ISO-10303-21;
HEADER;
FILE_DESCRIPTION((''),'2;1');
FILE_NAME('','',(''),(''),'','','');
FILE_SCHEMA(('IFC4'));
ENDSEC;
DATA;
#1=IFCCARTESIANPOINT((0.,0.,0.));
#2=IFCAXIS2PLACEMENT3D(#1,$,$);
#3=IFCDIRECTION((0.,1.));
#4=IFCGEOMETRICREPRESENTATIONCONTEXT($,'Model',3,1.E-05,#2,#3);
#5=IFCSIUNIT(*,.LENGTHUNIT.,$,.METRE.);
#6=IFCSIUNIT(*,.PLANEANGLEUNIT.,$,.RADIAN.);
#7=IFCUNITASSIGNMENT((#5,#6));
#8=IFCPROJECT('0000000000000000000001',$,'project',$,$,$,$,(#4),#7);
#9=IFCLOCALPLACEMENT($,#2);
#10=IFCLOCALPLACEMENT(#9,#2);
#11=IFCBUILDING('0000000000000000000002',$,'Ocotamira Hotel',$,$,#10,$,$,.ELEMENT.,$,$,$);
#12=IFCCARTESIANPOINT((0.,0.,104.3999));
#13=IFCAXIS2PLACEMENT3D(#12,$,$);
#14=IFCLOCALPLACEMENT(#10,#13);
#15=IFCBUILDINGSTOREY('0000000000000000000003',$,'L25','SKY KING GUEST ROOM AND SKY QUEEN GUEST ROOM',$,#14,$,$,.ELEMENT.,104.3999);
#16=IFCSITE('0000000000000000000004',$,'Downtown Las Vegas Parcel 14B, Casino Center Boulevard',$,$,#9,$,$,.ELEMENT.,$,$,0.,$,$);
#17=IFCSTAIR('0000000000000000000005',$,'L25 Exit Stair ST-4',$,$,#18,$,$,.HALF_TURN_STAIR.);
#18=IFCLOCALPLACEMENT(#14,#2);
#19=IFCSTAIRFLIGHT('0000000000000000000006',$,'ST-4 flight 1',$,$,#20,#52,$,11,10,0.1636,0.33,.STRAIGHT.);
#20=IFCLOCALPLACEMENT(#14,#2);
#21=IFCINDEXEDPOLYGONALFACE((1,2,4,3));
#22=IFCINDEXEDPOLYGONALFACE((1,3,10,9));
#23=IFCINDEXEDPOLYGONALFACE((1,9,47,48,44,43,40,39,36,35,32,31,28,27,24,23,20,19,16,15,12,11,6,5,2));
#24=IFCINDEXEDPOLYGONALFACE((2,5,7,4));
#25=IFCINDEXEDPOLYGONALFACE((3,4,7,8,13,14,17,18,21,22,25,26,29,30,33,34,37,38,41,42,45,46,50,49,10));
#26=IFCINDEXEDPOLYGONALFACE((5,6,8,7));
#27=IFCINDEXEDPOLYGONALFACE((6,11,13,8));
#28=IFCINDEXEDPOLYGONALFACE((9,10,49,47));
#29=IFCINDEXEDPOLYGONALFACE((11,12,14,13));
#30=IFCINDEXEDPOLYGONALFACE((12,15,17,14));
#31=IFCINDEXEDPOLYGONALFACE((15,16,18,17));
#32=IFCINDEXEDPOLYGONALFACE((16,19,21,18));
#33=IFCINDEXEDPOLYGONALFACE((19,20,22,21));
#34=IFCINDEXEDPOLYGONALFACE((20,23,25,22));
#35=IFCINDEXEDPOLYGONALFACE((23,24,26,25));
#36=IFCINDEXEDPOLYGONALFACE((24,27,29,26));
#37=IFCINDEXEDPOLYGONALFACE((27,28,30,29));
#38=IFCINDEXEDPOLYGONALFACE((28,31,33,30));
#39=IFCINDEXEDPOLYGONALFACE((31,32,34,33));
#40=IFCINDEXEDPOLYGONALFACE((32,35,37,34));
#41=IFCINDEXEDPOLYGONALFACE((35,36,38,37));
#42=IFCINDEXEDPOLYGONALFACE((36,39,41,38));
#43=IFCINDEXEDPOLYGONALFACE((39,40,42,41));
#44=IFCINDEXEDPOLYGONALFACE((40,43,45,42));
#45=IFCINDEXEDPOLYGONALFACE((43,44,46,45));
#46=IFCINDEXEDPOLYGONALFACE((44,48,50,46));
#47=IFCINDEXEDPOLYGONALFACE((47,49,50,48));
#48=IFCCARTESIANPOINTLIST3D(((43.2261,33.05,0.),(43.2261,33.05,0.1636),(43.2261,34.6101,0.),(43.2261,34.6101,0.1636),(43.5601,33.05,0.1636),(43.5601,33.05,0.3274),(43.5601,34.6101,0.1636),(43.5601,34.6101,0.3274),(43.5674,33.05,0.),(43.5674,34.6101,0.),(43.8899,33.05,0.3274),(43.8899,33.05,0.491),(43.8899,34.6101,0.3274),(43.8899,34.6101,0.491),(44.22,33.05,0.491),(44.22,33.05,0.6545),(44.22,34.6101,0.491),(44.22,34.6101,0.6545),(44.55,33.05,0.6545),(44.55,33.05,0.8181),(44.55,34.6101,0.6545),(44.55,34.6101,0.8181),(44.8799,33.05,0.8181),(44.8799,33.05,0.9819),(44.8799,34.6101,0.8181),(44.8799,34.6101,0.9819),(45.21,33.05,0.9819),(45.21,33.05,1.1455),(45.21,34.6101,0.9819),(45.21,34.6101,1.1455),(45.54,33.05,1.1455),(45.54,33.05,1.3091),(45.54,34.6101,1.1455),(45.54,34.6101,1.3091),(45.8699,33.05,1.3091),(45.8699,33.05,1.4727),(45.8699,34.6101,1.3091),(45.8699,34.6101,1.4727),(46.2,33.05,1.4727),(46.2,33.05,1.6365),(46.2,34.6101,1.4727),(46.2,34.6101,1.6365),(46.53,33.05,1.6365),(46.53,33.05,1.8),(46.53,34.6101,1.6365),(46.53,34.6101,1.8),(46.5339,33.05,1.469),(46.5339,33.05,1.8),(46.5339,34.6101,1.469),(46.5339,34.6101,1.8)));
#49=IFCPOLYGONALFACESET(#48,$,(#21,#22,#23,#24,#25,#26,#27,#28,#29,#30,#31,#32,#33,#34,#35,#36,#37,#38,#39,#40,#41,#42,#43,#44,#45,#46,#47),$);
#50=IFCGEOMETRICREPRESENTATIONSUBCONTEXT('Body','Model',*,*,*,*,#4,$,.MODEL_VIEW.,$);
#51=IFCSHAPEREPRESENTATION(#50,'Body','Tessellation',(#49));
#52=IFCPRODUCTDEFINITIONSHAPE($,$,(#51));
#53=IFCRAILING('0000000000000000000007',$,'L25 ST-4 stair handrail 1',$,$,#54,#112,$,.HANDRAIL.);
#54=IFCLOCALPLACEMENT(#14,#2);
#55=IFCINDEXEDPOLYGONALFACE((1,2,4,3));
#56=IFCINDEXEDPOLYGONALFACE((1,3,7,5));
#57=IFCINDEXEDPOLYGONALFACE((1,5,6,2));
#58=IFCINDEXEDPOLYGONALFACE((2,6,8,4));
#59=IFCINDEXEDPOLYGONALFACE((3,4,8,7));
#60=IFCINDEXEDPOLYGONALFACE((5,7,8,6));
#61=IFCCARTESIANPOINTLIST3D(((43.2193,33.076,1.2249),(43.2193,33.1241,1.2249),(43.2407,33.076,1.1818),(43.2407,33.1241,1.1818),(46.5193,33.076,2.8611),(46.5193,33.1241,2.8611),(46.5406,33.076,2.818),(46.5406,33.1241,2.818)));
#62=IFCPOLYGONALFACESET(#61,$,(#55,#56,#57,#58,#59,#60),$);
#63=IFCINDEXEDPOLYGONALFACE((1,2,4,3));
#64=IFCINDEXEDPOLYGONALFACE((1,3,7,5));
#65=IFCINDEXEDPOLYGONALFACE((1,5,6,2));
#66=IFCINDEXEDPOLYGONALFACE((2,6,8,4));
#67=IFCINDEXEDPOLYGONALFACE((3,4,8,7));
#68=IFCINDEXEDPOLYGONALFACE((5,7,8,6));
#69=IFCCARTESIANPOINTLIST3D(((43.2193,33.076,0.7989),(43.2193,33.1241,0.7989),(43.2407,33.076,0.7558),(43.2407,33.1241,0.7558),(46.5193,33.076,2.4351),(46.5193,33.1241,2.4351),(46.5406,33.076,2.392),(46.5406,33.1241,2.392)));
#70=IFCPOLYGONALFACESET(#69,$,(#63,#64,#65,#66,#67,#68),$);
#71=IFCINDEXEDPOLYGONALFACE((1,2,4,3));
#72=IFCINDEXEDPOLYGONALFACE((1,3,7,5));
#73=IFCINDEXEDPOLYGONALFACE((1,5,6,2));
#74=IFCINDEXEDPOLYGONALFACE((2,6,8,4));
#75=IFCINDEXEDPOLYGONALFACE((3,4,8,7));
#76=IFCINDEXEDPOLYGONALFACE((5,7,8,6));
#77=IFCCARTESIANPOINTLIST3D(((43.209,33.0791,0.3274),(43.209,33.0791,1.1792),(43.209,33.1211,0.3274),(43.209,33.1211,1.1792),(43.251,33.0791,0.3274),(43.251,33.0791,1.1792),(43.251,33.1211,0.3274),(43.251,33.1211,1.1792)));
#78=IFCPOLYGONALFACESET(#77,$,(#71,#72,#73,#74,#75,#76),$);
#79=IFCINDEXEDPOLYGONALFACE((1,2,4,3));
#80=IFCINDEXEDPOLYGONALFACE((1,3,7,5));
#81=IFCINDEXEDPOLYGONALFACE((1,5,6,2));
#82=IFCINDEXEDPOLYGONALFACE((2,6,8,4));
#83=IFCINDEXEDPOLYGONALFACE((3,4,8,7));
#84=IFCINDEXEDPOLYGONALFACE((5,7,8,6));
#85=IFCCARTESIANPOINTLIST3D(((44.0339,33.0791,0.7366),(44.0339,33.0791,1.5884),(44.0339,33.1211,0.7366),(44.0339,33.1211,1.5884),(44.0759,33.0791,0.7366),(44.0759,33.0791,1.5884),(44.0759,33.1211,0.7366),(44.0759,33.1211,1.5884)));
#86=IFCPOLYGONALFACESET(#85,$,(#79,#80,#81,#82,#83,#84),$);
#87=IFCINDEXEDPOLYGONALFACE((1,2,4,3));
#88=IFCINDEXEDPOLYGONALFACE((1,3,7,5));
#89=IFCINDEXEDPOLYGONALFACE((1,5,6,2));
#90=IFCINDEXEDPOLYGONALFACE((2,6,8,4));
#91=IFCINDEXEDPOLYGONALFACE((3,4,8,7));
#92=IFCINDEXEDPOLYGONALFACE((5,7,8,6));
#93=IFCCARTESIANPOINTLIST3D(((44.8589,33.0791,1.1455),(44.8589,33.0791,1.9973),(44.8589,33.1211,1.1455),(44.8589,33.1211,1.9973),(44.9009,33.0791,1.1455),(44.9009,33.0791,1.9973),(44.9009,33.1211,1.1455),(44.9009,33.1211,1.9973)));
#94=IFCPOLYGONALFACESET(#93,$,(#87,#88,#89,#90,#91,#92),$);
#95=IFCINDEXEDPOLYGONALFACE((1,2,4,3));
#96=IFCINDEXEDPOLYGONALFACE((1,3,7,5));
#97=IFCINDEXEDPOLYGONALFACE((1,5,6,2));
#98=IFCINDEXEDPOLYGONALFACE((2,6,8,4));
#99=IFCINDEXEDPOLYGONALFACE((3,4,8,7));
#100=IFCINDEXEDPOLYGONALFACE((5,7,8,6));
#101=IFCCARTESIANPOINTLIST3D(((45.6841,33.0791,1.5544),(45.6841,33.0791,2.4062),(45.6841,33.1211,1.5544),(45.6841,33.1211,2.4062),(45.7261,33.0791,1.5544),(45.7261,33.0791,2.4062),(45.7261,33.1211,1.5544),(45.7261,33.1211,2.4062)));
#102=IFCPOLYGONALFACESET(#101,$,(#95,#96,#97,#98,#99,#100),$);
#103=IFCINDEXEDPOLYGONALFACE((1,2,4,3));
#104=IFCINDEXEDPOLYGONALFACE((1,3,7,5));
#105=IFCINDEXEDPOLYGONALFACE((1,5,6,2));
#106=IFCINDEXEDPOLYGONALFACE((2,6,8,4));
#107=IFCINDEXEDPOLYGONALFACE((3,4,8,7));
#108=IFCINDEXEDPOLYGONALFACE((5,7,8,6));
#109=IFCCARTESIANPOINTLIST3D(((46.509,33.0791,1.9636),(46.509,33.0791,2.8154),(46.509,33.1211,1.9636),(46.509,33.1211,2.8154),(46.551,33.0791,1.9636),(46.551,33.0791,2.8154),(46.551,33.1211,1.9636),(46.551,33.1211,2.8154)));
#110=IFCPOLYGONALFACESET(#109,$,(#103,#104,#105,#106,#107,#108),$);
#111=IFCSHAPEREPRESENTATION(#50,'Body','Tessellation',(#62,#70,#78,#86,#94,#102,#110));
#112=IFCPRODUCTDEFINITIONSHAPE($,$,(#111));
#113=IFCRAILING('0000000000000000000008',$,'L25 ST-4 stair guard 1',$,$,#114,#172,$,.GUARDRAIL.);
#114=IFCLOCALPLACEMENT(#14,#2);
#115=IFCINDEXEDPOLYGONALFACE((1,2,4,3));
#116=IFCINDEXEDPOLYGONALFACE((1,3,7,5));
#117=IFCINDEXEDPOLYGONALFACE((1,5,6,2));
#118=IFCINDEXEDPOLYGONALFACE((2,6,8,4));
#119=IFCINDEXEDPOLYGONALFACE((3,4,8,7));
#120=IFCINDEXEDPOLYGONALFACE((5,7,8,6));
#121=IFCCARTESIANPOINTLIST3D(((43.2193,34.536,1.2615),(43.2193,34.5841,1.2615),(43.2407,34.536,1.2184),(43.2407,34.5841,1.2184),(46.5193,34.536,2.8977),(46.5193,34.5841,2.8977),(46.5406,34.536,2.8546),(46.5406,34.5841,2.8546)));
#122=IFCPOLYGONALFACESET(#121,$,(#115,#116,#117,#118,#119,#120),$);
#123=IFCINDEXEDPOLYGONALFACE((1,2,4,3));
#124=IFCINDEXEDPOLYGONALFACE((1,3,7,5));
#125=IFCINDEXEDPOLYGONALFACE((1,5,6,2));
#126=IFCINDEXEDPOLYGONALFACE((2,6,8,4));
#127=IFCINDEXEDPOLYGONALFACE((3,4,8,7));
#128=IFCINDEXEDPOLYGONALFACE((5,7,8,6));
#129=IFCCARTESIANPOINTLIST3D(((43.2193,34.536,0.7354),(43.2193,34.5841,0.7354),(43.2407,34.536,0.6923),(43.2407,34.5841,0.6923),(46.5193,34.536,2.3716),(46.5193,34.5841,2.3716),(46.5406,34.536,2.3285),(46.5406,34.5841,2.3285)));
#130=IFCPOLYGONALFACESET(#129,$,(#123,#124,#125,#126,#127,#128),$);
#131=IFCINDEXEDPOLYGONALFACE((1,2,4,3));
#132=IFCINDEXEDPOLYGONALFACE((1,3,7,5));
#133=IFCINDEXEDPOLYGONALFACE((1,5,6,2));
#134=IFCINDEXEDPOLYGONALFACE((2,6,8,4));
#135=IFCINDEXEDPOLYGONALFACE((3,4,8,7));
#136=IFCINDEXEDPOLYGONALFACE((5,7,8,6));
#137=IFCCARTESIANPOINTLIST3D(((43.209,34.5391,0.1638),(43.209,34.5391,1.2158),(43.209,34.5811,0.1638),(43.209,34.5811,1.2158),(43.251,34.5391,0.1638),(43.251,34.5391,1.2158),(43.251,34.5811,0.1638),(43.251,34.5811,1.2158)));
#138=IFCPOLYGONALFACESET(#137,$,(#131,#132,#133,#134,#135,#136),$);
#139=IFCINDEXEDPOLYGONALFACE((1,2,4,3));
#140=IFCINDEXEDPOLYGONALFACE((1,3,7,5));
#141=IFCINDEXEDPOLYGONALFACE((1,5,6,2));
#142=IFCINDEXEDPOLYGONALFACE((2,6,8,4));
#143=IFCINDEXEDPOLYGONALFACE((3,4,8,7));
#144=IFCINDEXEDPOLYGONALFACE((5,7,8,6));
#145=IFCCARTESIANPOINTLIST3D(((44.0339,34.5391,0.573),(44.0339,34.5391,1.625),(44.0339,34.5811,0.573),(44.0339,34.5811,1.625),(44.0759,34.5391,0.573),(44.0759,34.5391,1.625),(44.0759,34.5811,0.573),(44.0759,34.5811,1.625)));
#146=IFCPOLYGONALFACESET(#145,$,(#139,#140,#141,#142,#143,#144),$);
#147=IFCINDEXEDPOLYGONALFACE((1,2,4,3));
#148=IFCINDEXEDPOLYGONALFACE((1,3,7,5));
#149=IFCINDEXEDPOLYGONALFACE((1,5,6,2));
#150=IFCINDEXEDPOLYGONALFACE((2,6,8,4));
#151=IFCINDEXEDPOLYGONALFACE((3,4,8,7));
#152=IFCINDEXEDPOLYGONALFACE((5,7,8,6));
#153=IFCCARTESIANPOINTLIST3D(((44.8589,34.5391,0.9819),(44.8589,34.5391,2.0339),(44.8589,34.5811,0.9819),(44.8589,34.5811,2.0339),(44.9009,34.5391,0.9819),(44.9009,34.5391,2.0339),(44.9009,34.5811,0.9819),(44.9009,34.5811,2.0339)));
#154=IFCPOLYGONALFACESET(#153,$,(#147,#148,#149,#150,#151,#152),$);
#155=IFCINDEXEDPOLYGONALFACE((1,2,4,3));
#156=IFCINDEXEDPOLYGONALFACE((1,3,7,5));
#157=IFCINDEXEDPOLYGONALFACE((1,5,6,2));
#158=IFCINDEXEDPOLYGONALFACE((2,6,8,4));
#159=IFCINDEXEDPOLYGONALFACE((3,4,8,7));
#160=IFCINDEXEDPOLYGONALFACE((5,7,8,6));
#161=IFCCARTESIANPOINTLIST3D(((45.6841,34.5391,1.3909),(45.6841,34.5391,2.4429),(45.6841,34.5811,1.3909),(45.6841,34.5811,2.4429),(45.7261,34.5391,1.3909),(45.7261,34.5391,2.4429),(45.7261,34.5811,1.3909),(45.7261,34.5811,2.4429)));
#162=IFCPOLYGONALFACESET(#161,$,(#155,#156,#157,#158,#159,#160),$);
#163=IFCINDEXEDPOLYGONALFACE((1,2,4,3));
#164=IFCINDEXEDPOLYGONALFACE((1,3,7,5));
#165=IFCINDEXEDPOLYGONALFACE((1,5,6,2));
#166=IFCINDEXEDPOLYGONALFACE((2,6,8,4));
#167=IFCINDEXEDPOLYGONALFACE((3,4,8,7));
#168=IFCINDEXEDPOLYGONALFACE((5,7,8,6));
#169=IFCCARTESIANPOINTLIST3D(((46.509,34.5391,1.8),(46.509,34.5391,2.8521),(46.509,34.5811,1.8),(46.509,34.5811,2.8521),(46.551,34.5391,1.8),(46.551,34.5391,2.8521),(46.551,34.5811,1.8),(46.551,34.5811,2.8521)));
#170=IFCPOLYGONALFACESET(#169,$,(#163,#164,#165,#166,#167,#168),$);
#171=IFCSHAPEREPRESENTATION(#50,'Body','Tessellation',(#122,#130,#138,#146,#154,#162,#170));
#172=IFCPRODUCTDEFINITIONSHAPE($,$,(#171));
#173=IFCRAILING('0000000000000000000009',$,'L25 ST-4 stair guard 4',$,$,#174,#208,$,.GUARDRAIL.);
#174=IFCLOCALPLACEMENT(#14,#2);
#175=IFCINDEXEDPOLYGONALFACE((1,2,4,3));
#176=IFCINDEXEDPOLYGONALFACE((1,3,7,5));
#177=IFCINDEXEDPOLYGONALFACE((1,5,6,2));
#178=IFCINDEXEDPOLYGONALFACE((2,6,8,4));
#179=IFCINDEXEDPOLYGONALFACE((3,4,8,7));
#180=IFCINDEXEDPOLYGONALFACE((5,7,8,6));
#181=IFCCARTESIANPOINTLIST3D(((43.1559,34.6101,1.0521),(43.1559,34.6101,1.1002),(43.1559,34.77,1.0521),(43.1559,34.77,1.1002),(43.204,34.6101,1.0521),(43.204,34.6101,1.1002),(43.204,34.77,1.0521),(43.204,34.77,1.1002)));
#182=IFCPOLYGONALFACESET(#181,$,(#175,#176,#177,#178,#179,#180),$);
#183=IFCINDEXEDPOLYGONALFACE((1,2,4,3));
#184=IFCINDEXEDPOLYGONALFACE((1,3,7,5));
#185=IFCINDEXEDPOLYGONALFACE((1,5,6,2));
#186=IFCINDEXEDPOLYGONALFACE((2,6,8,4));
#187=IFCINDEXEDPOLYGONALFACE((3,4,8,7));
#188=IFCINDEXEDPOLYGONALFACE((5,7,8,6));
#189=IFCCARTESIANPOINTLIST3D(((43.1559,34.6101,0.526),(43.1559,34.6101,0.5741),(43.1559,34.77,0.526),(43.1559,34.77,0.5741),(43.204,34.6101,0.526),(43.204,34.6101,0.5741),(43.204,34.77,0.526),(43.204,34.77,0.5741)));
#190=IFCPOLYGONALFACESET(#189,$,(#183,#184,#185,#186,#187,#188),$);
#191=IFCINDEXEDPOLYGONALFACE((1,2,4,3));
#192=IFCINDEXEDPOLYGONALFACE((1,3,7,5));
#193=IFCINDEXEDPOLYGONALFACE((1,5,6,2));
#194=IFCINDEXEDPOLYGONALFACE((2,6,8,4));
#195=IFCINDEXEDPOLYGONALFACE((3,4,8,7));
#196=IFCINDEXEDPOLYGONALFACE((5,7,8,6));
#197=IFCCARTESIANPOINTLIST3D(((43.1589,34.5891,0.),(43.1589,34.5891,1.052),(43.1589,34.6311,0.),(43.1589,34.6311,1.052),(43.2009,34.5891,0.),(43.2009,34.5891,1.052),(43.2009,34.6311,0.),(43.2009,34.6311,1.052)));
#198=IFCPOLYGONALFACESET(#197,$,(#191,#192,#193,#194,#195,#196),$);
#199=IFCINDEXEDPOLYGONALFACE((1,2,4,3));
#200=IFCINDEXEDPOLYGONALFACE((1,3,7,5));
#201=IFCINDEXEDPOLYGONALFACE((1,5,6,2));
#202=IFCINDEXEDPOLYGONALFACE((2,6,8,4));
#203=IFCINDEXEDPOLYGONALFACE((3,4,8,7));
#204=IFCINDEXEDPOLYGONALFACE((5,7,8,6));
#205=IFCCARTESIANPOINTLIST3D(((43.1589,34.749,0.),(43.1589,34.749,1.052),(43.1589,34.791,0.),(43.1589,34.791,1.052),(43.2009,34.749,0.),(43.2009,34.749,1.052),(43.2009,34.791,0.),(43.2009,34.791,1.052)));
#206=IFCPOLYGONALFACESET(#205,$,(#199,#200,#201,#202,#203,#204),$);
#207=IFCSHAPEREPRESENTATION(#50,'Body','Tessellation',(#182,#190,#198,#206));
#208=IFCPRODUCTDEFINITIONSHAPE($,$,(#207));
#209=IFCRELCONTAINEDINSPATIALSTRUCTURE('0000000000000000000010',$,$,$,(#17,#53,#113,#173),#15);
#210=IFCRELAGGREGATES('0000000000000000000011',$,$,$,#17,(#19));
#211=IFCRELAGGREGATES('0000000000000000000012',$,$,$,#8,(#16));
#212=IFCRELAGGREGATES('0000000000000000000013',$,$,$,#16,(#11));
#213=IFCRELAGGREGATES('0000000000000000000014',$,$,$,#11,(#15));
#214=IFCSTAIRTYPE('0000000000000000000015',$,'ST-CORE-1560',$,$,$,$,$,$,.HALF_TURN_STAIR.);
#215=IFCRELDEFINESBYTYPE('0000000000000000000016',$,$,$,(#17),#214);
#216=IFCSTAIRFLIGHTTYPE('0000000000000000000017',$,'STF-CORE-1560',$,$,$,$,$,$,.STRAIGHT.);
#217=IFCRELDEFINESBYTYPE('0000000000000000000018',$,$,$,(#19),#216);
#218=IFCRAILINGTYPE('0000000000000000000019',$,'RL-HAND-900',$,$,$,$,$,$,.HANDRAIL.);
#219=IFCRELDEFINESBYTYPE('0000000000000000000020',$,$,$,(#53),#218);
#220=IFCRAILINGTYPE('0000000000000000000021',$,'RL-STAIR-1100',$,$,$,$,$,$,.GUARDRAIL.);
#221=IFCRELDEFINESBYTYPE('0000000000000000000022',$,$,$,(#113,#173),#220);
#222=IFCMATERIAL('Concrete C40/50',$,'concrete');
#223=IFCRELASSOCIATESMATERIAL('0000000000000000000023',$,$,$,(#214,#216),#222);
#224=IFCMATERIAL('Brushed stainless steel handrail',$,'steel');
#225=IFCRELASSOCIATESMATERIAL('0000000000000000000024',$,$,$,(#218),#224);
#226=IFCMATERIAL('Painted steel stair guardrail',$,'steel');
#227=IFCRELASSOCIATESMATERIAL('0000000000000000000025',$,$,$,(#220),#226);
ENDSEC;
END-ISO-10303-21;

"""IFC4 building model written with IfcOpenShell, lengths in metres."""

from ifc_helpers import new_model, si_unit, direction, frame, origin, origin_2d, place, context, subcontext, project, spatial, polyline, rectangle, outline, extrude, source, transform, mapped, material, type_object, element, aggregate, save


model = new_model("IFC4")

# Units and contexts
model_context = context("Model", 3, precision=1e-05, world=origin(), true_north=direction((0.0, 1.0)))
body_context = subcontext(model_context, "Body", "Model", "MODEL_VIEW")
ifc_project = project(units=[si_unit("LENGTHUNIT", "METRE"), si_unit("PLANEANGLEUNIT", "RADIAN")], contexts=[model_context])

# Site, building, storey
site_placement = place(None, origin())
site = spatial("IfcSite", under=ifc_project, at=site_placement, Name="Downtown Las Vegas Parcel 14B, Casino Center Boulevard", CompositionType="ELEMENT", RefElevation=0.0)
building_placement = place(site_placement, origin())
building = spatial("IfcBuilding", under=site, at=building_placement, Name="Ocotamira Hotel", CompositionType="ELEMENT")
storey_placement = place(building_placement, frame((0.0, 0.0, 104.3999)))
storey = spatial("IfcBuildingStorey", under=building, at=storey_placement, Name="L25", Description="SKY KING GUEST ROOM AND SKY QUEEN GUEST ROOM", CompositionType="ELEMENT", Elevation=104.3999)

# Stair, stair flight
ifc_material_1 = material(Name="Concrete C40/50", Category="concrete")
stair_type = type_object("IfcStairType", Name="ST-CORE-1560", PredefinedType="HALF_TURN_STAIR", material=ifc_material_1)
stair_placement = place(storey_placement, origin())
stair = element("IfcStair", 1, at=stair_placement, inside=storey, type_object=stair_type, Name="L25 Exit Stair ST-4", PredefinedType="HALF_TURN_STAIR")
stair_flight_type = type_object("IfcStairFlightType", Name="STF-CORE-1560", PredefinedType="STRAIGHT", material=ifc_material_1)
shared_shape_1 = source(origin(), body_context, "Body", "SweptSolid", [
    extrude(outline(polyline([(-0.0039, 0.0), (-0.0039, 0.1636), (0.3301, 0.1636), (0.3301, 0.3274), (0.6599, 0.3274), (0.6599, 0.491), (0.99, 0.491), (0.99, 0.6545), (1.3201, 0.6545), (1.3201, 0.8181), (1.6499, 0.8181), (1.6499, 0.9819), (1.98, 0.9819), (1.98, 1.1455), (2.3101, 1.1455), (2.3101, 1.3091), (2.6399, 1.3091), (2.6399, 1.4727), (2.97, 1.4727), (2.97, 1.6365), (3.3, 1.6365), (3.3, 1.8), (3.304, 1.8), (3.304, 1.469), (0.3374, 0.0), (-0.0039, 0.0)])), frame((0.0, 0.78, 0.0), z_axis=(0.0, -1.0, 0.0), x_axis=(1.0, 0.0, 0.0)), (0.0, 0.0, 1.0), 1.5601),
])
stair_flight_placement = place(storey_placement, frame((43.23, 33.8301, 0.0), z_axis=(0.0, 0.0, 1.0), x_axis=(1.0, 0.0, 0.0)))
stair_flight = element("IfcStairFlight", 2, at=stair_flight_placement, type_object=stair_flight_type, Name="ST-4 flight 1", NumberOfRisers=11, NumberOfTreads=10, PredefinedType="STRAIGHT", RiserHeight=0.1636, TreadLength=0.33, context=body_context, shape_type="MappedRepresentation", body=[
    mapped(shared_shape_1, transform((0.0, 0.0, 0.0), scale=1.0)),
])
aggregate(stair, [stair_flight])

# Railings
ifc_material_2 = material(Name="Brushed stainless steel handrail", Category="steel")
railing_type_1 = type_object("IfcRailingType", Name="RL-HAND-900", PredefinedType="HANDRAIL", material=ifc_material_2)
railing_1_placement = place(storey_placement, frame((43.23, 33.1001, 0.3274)))
element("IfcRailing", 3, at=railing_1_placement, inside=storey, type_object=railing_type_1, Name="L25 ST-4 stair handrail 1", PredefinedType="HANDRAIL", context=body_context, shape_type="SweptSolid", body=[
    extrude(rectangle(XDim=0.0481, YDim=0.0481, at=origin_2d()), frame((0.0, 0.0, 0.876), z_axis=(0.89592, 0.0, 0.444215), x_axis=(0.0, 1.0, 0.0)), (0.0, 0.0, 1.0), 3.6833),
    extrude(rectangle(XDim=0.0481, YDim=0.0481, at=origin_2d()), frame((0.0, 0.0, 0.45), z_axis=(0.89592, 0.0, 0.444215), x_axis=(0.0, 1.0, 0.0)), (0.0, 0.0, 1.0), 3.6833),
    extrude(rectangle(XDim=0.042, YDim=0.042, at=origin_2d()), origin(), (0.0, 0.0, 1.0), 0.8518),
    extrude(rectangle(XDim=0.042, YDim=0.042, at=origin_2d()), frame((0.825, 0.0, 0.4092)), (0.0, 0.0, 1.0), 0.8518),
    extrude(rectangle(XDim=0.042, YDim=0.042, at=origin_2d()), frame((1.6499, 0.0, 0.8181)), (0.0, 0.0, 1.0), 0.8518),
    extrude(rectangle(XDim=0.042, YDim=0.042, at=origin_2d()), frame((2.4751, 0.0, 1.2271)), (0.0, 0.0, 1.0), 0.8518),
    extrude(rectangle(XDim=0.042, YDim=0.042, at=origin_2d()), frame((3.3, 0.0, 1.6362)), (0.0, 0.0, 1.0), 0.8518),
])
ifc_material_3 = material(Name="Painted steel stair guardrail", Category="steel")
railing_type_2 = type_object("IfcRailingType", Name="RL-STAIR-1100", PredefinedType="GUARDRAIL", material=ifc_material_3)
railing_2_placement = place(storey_placement, frame((43.23, 34.5601, 0.1638)))
element("IfcRailing", 4, at=railing_2_placement, inside=storey, type_object=railing_type_2, Name="L25 ST-4 stair guard 1", PredefinedType="GUARDRAIL", context=body_context, shape_type="SweptSolid", body=[
    extrude(rectangle(XDim=0.0481, YDim=0.0481, at=origin_2d()), frame((0.0, 0.0, 1.0762), z_axis=(0.89592, 0.0, 0.444215), x_axis=(0.0, 1.0, 0.0)), (0.0, 0.0, 1.0), 3.6833),
    extrude(rectangle(XDim=0.0481, YDim=0.0481, at=origin_2d()), frame((0.0, 0.0, 0.55), z_axis=(0.89592, 0.0, 0.444215), x_axis=(0.0, 1.0, 0.0)), (0.0, 0.0, 1.0), 3.6833),
    extrude(rectangle(XDim=0.042, YDim=0.042, at=origin_2d()), origin(), (0.0, 0.0, 1.0), 1.052),
    extrude(rectangle(XDim=0.042, YDim=0.042, at=origin_2d()), frame((0.825, 0.0, 0.4092)), (0.0, 0.0, 1.0), 1.052),
    extrude(rectangle(XDim=0.042, YDim=0.042, at=origin_2d()), frame((1.6499, 0.0, 0.8181)), (0.0, 0.0, 1.0), 1.052),
    extrude(rectangle(XDim=0.042, YDim=0.042, at=origin_2d()), frame((2.4751, 0.0, 1.2271)), (0.0, 0.0, 1.0), 1.052),
    extrude(rectangle(XDim=0.042, YDim=0.042, at=origin_2d()), frame((3.3, 0.0, 1.6362)), (0.0, 0.0, 1.0), 1.052),
])
railing_3_placement = place(storey_placement, frame((43.1799, 34.6101, 0.0)))
element("IfcRailing", 5, at=railing_3_placement, inside=storey, type_object=railing_type_2, Name="L25 ST-4 stair guard 4", PredefinedType="GUARDRAIL", context=body_context, shape_type="SweptSolid", body=[
    extrude(rectangle(XDim=0.0481, YDim=0.0481, at=origin_2d()), frame((0.0, 0.0, 1.0762), z_axis=(0.0, 1.0, 0.0), x_axis=(-1.0, 0.0, 0.0)), (0.0, 0.0, 1.0), 0.1599),
    extrude(rectangle(XDim=0.0481, YDim=0.0481, at=origin_2d()), frame((0.0, 0.0, 0.55), z_axis=(0.0, 1.0, 0.0), x_axis=(-1.0, 0.0, 0.0)), (0.0, 0.0, 1.0), 0.1599),
    extrude(rectangle(XDim=0.042, YDim=0.042, at=origin_2d()), origin(), (0.0, 0.0, 1.0), 1.052),
    extrude(rectangle(XDim=0.042, YDim=0.042, at=origin_2d()), frame((0.0, 0.1599, 0.0)), (0.0, 0.0, 1.0), 1.052),
])

save(model, "model.ifc")
